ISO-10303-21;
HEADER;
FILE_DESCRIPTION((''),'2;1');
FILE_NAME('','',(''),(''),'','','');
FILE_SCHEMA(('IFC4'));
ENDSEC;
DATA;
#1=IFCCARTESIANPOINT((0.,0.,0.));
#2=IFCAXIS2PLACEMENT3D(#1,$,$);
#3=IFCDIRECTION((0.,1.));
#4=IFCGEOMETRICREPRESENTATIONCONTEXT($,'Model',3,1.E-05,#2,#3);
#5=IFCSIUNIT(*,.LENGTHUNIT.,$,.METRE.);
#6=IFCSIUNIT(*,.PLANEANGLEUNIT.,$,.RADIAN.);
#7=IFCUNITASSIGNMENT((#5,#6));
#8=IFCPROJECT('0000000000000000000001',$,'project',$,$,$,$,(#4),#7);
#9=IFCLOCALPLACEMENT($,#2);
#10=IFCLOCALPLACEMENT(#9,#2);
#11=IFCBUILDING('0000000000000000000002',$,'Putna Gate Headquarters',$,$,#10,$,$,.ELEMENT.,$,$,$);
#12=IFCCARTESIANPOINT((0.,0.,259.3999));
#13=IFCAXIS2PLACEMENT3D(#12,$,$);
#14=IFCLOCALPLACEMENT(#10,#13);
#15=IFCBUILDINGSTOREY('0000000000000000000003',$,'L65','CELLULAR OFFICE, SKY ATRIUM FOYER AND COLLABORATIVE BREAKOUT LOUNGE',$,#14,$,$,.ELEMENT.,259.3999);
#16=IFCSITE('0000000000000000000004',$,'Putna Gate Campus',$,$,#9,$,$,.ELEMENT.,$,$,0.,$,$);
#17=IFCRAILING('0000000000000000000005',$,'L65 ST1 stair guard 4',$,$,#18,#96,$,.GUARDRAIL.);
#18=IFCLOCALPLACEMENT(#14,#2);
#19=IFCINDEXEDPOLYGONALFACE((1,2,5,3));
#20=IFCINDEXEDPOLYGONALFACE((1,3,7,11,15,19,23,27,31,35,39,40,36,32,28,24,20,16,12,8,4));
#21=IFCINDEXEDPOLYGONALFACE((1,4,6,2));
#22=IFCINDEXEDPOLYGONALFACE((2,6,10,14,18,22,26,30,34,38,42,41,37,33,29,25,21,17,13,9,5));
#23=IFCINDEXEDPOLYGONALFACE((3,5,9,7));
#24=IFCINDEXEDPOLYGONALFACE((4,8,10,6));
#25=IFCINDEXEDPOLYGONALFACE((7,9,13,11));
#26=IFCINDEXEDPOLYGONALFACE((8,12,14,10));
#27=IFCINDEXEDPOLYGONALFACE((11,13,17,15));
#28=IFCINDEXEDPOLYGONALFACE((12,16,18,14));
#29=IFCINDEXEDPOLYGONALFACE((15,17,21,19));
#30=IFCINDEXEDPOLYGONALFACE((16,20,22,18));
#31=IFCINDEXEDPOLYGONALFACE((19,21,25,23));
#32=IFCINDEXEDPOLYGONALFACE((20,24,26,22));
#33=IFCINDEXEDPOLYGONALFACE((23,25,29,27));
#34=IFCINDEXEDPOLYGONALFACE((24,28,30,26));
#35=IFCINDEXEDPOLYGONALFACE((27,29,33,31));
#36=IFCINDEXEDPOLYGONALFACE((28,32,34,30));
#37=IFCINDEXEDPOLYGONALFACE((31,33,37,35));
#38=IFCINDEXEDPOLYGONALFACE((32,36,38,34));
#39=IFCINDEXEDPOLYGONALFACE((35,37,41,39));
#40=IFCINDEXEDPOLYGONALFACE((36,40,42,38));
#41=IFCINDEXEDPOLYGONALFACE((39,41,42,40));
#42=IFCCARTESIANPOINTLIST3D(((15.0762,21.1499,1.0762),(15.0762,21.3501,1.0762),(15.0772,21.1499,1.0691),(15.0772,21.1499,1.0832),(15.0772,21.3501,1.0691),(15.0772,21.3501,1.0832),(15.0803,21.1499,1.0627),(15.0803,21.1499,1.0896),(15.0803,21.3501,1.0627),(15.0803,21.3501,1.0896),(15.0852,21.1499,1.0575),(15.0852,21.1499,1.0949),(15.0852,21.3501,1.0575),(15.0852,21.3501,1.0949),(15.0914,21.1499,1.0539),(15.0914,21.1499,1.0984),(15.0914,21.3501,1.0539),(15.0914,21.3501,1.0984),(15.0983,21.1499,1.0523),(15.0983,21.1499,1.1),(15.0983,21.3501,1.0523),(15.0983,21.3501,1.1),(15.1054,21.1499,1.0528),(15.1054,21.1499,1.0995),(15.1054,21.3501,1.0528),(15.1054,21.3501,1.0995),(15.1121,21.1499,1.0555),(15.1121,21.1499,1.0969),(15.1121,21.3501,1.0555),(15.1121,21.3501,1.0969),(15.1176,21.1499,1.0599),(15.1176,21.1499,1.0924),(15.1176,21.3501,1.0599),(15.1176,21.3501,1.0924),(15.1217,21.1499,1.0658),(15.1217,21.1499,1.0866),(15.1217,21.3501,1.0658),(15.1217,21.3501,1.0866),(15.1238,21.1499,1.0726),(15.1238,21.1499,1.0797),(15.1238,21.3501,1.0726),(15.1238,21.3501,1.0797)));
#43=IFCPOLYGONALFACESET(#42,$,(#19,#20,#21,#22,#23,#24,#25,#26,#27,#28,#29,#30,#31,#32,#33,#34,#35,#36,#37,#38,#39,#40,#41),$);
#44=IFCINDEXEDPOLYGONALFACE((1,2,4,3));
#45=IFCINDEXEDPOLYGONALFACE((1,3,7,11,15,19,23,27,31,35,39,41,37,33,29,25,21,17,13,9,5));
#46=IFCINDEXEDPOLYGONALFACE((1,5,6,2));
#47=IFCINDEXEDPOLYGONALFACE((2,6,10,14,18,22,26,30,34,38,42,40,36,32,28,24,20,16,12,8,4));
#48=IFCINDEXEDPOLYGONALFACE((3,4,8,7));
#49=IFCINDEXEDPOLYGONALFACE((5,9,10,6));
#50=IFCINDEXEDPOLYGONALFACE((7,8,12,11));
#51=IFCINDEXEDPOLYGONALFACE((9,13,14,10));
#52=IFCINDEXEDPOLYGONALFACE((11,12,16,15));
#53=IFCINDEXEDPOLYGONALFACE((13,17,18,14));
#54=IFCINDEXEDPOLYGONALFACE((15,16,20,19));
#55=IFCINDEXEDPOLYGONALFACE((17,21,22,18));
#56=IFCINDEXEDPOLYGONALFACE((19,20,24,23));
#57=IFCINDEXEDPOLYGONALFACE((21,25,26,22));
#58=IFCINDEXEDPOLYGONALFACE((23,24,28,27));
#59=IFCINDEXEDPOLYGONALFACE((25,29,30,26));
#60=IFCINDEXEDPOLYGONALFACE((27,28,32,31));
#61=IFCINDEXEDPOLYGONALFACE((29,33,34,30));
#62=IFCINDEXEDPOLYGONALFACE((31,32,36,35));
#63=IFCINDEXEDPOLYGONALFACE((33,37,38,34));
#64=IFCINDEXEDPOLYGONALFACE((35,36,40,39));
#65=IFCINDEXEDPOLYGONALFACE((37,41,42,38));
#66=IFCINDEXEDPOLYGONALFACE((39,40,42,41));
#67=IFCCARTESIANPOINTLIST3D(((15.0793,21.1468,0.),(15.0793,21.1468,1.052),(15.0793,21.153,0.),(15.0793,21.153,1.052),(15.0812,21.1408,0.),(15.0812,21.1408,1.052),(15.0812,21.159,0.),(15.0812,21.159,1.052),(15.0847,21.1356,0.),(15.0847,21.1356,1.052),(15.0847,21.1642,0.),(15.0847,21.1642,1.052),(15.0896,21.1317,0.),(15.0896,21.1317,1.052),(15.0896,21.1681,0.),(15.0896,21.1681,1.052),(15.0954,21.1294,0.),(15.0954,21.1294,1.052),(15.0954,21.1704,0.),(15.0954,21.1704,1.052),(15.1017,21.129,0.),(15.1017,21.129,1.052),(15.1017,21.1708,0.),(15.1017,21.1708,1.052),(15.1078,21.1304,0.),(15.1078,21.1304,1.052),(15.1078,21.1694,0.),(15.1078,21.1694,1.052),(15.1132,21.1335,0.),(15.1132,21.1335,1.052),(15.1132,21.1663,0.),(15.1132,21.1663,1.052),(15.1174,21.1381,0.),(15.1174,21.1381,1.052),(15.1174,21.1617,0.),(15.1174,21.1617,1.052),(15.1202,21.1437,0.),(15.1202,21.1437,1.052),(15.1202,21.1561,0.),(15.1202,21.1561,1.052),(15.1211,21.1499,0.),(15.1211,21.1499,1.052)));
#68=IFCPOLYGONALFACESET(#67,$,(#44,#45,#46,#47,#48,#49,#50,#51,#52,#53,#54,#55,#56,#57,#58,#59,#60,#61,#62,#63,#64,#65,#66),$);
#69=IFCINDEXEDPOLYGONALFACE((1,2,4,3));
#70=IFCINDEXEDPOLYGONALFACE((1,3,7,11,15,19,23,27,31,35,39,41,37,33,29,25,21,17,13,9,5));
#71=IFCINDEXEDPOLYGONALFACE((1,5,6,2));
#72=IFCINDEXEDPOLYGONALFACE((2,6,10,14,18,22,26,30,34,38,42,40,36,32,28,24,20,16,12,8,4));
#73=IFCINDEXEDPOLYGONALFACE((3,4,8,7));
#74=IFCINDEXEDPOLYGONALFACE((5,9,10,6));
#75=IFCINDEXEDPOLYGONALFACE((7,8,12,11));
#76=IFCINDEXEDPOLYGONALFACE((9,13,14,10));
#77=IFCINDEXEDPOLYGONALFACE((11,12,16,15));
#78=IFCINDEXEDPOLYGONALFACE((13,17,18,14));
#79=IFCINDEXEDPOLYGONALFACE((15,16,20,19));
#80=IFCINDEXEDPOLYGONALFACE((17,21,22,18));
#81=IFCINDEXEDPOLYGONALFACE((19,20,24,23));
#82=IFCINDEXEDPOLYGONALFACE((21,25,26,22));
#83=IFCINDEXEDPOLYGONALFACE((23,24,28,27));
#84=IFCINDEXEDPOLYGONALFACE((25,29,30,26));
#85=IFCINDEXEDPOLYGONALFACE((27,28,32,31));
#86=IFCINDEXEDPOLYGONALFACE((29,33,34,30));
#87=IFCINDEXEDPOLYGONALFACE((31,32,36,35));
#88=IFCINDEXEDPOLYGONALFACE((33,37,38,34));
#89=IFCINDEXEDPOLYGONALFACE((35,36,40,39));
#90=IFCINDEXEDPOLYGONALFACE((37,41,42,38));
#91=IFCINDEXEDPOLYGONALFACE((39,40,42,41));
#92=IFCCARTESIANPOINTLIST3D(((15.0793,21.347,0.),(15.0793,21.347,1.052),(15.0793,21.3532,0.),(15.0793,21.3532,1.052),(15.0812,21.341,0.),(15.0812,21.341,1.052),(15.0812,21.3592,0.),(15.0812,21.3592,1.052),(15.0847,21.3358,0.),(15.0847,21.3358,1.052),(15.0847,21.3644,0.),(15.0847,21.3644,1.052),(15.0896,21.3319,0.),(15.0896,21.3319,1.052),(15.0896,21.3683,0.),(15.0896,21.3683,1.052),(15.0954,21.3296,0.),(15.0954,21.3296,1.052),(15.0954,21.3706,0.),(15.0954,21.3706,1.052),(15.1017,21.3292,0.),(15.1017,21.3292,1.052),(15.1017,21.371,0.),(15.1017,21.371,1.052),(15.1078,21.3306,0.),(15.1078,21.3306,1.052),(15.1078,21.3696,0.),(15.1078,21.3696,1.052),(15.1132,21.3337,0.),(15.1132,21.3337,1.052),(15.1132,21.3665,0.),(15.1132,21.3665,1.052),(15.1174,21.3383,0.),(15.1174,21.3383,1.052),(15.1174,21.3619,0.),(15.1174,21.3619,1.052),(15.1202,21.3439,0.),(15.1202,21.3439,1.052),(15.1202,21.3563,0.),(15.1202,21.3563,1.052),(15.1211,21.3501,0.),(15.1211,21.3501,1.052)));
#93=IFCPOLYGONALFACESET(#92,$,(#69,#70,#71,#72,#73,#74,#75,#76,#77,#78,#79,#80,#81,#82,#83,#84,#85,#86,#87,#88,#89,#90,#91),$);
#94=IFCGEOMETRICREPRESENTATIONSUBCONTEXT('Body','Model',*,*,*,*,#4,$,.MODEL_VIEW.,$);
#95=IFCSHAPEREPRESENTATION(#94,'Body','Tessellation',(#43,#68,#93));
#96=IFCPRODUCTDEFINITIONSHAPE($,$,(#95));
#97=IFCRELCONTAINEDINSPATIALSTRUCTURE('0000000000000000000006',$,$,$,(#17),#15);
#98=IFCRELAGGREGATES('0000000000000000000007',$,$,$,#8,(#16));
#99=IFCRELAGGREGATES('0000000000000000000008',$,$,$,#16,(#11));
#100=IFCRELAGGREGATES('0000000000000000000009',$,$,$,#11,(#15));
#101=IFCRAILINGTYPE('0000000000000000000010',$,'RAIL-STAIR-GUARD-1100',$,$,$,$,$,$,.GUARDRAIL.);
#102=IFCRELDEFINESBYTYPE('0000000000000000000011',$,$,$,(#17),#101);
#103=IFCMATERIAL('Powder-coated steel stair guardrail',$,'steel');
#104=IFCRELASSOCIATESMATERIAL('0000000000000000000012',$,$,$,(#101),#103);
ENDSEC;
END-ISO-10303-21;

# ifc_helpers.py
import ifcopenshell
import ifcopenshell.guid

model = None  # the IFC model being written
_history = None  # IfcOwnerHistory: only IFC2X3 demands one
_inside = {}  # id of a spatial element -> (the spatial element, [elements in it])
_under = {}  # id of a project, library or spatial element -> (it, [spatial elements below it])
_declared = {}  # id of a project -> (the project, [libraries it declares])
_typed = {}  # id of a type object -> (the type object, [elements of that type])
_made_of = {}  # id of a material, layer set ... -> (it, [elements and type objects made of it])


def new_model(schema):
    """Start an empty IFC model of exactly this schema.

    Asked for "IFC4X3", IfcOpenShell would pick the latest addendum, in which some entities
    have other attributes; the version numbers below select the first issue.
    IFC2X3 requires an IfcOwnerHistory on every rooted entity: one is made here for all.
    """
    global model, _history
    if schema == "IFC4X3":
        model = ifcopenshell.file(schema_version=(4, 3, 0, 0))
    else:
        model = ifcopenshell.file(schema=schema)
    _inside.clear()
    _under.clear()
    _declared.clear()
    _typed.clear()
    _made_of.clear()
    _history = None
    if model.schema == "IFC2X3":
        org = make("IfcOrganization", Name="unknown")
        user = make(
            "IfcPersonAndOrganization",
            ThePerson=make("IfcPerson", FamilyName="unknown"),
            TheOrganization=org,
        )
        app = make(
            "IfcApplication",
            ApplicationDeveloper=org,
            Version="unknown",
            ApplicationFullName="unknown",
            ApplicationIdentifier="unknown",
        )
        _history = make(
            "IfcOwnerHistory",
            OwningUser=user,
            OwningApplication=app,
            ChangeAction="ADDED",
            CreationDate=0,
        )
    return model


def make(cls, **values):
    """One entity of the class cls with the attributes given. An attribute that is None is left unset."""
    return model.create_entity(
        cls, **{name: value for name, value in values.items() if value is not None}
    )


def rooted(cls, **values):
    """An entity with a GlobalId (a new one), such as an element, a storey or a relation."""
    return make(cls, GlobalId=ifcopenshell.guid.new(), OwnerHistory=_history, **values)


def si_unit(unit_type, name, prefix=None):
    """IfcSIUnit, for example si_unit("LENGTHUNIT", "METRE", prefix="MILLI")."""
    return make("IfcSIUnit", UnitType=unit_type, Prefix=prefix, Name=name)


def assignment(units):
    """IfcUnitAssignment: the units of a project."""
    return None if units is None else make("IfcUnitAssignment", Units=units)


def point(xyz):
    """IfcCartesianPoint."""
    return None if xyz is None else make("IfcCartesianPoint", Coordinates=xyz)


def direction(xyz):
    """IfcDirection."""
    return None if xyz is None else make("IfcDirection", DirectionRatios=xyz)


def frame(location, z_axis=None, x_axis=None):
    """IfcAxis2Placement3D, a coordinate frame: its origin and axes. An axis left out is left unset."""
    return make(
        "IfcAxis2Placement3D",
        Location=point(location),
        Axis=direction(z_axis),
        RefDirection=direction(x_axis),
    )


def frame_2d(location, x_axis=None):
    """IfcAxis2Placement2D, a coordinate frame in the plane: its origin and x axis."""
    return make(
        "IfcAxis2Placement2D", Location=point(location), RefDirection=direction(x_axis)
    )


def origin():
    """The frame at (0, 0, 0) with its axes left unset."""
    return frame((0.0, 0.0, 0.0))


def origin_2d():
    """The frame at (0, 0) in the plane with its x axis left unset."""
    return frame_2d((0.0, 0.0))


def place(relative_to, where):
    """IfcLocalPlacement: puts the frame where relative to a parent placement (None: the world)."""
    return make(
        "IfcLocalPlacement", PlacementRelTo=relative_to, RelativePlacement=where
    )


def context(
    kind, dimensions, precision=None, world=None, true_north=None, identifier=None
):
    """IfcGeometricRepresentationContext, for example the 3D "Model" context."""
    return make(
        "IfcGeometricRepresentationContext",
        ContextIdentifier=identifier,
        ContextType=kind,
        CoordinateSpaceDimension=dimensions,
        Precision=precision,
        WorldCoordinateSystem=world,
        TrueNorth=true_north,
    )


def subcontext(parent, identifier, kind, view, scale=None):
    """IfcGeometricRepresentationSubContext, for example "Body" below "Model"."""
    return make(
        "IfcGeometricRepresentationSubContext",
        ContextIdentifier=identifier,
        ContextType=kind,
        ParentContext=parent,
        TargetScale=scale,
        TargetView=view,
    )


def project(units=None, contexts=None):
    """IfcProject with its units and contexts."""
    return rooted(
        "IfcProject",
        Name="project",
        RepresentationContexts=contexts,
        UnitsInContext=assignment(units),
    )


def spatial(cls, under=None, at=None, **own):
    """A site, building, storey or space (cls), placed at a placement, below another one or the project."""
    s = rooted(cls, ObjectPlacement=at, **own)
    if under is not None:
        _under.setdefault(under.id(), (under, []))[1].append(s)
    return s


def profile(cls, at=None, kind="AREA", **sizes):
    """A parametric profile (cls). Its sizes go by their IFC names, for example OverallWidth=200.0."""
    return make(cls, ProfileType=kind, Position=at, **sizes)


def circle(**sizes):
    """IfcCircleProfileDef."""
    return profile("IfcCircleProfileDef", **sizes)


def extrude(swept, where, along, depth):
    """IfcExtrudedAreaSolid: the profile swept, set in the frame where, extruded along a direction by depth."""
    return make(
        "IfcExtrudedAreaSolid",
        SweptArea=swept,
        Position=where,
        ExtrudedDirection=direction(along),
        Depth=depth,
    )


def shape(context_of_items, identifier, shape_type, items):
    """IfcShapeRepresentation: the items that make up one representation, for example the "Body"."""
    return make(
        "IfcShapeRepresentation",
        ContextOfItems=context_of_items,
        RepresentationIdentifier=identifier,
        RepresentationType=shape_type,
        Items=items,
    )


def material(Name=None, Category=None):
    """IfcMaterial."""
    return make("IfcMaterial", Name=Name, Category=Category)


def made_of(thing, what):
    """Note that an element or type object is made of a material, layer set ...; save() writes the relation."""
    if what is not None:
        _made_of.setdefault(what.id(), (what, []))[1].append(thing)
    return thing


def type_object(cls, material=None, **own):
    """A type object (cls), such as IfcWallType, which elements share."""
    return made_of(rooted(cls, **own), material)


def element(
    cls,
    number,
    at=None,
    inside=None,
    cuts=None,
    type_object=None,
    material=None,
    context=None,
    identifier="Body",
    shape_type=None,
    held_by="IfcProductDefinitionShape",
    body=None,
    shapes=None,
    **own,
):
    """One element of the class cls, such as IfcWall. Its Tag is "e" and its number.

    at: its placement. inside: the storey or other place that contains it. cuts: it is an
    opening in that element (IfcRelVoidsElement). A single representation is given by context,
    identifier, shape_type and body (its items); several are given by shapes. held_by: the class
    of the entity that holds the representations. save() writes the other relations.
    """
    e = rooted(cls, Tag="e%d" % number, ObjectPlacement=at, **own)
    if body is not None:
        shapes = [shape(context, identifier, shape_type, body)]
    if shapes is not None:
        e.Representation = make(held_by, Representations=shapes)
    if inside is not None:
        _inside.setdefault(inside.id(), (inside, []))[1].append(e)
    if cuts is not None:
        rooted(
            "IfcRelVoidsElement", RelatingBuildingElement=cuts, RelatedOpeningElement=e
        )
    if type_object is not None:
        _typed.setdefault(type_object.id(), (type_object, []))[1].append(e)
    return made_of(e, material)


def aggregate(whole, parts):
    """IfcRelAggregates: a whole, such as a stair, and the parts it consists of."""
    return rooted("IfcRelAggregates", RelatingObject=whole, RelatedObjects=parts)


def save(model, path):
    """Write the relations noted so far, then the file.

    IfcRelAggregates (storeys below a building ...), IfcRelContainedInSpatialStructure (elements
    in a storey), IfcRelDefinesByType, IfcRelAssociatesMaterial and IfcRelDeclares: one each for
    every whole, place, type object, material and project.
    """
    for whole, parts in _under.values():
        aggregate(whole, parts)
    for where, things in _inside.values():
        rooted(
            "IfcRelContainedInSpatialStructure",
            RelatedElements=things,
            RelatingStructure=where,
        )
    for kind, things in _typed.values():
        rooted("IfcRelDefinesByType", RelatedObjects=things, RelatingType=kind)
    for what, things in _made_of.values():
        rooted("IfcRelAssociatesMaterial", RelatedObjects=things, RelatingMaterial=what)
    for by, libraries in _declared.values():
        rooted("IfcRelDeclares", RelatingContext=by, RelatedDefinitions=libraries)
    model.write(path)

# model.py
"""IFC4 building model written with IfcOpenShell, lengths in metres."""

from ifc_helpers import new_model, si_unit, direction, frame, origin, origin_2d, place, context, subcontext, project, spatial, circle, extrude, material, type_object, element, save


model = new_model("IFC4")

# Units and contexts
model_context = context("Model", 3, precision=1e-05, world=origin(), true_north=direction((0.0, 1.0)))
body_context = subcontext(model_context, "Body", "Model", "MODEL_VIEW")
ifc_project = project(units=[si_unit("LENGTHUNIT", "METRE"), si_unit("PLANEANGLEUNIT", "RADIAN")], contexts=[model_context])

# Site, building, storey
site_placement = place(None, origin())
site = spatial("IfcSite", under=ifc_project, at=site_placement, Name="Putna Gate Campus", CompositionType="ELEMENT", RefElevation=0.0)
building_placement = place(site_placement, origin())
building = spatial("IfcBuilding", under=site, at=building_placement, Name="Putna Gate Headquarters", CompositionType="ELEMENT")
storey_placement = place(building_placement, frame((0.0, 0.0, 259.3999)))
storey = spatial("IfcBuildingStorey", under=building, at=storey_placement, Name="L65", Description="CELLULAR OFFICE, SKY ATRIUM FOYER AND COLLABORATIVE BREAKOUT LOUNGE", CompositionType="ELEMENT", Elevation=259.3999)

# Railing
ifc_material_1 = material(Name="Powder-coated steel stair guardrail", Category="steel")
railing_type_1 = type_object("IfcRailingType", Name="RAIL-STAIR-GUARD-1100", PredefinedType="GUARDRAIL", material=ifc_material_1)
railing_1_placement = place(storey_placement, frame((15.1001, 21.1499, 0.0)))
element("IfcRailing", 1, at=railing_1_placement, inside=storey, type_object=railing_type_1, Name="L65 ST1 stair guard 4", PredefinedType="GUARDRAIL", context=body_context, shape_type="SweptSolid", body=[
    extrude(circle(Radius=0.0239, at=origin_2d()), frame((0.0, 0.0, 1.0762), z_axis=(0.0, 1.0, 0.0), x_axis=(-1.0, 0.0, 0.0)), (0.0, 0.0, 1.0), 0.2002),
    extrude(circle(Radius=0.021, at=origin_2d()), origin(), (0.0, 0.0, 1.0), 1.052),
    extrude(circle(Radius=0.021, at=origin_2d()), frame((0.0, 0.2002, 0.0)), (0.0, 0.0, 1.0), 1.052),
])

save(model, "model.ifc")
